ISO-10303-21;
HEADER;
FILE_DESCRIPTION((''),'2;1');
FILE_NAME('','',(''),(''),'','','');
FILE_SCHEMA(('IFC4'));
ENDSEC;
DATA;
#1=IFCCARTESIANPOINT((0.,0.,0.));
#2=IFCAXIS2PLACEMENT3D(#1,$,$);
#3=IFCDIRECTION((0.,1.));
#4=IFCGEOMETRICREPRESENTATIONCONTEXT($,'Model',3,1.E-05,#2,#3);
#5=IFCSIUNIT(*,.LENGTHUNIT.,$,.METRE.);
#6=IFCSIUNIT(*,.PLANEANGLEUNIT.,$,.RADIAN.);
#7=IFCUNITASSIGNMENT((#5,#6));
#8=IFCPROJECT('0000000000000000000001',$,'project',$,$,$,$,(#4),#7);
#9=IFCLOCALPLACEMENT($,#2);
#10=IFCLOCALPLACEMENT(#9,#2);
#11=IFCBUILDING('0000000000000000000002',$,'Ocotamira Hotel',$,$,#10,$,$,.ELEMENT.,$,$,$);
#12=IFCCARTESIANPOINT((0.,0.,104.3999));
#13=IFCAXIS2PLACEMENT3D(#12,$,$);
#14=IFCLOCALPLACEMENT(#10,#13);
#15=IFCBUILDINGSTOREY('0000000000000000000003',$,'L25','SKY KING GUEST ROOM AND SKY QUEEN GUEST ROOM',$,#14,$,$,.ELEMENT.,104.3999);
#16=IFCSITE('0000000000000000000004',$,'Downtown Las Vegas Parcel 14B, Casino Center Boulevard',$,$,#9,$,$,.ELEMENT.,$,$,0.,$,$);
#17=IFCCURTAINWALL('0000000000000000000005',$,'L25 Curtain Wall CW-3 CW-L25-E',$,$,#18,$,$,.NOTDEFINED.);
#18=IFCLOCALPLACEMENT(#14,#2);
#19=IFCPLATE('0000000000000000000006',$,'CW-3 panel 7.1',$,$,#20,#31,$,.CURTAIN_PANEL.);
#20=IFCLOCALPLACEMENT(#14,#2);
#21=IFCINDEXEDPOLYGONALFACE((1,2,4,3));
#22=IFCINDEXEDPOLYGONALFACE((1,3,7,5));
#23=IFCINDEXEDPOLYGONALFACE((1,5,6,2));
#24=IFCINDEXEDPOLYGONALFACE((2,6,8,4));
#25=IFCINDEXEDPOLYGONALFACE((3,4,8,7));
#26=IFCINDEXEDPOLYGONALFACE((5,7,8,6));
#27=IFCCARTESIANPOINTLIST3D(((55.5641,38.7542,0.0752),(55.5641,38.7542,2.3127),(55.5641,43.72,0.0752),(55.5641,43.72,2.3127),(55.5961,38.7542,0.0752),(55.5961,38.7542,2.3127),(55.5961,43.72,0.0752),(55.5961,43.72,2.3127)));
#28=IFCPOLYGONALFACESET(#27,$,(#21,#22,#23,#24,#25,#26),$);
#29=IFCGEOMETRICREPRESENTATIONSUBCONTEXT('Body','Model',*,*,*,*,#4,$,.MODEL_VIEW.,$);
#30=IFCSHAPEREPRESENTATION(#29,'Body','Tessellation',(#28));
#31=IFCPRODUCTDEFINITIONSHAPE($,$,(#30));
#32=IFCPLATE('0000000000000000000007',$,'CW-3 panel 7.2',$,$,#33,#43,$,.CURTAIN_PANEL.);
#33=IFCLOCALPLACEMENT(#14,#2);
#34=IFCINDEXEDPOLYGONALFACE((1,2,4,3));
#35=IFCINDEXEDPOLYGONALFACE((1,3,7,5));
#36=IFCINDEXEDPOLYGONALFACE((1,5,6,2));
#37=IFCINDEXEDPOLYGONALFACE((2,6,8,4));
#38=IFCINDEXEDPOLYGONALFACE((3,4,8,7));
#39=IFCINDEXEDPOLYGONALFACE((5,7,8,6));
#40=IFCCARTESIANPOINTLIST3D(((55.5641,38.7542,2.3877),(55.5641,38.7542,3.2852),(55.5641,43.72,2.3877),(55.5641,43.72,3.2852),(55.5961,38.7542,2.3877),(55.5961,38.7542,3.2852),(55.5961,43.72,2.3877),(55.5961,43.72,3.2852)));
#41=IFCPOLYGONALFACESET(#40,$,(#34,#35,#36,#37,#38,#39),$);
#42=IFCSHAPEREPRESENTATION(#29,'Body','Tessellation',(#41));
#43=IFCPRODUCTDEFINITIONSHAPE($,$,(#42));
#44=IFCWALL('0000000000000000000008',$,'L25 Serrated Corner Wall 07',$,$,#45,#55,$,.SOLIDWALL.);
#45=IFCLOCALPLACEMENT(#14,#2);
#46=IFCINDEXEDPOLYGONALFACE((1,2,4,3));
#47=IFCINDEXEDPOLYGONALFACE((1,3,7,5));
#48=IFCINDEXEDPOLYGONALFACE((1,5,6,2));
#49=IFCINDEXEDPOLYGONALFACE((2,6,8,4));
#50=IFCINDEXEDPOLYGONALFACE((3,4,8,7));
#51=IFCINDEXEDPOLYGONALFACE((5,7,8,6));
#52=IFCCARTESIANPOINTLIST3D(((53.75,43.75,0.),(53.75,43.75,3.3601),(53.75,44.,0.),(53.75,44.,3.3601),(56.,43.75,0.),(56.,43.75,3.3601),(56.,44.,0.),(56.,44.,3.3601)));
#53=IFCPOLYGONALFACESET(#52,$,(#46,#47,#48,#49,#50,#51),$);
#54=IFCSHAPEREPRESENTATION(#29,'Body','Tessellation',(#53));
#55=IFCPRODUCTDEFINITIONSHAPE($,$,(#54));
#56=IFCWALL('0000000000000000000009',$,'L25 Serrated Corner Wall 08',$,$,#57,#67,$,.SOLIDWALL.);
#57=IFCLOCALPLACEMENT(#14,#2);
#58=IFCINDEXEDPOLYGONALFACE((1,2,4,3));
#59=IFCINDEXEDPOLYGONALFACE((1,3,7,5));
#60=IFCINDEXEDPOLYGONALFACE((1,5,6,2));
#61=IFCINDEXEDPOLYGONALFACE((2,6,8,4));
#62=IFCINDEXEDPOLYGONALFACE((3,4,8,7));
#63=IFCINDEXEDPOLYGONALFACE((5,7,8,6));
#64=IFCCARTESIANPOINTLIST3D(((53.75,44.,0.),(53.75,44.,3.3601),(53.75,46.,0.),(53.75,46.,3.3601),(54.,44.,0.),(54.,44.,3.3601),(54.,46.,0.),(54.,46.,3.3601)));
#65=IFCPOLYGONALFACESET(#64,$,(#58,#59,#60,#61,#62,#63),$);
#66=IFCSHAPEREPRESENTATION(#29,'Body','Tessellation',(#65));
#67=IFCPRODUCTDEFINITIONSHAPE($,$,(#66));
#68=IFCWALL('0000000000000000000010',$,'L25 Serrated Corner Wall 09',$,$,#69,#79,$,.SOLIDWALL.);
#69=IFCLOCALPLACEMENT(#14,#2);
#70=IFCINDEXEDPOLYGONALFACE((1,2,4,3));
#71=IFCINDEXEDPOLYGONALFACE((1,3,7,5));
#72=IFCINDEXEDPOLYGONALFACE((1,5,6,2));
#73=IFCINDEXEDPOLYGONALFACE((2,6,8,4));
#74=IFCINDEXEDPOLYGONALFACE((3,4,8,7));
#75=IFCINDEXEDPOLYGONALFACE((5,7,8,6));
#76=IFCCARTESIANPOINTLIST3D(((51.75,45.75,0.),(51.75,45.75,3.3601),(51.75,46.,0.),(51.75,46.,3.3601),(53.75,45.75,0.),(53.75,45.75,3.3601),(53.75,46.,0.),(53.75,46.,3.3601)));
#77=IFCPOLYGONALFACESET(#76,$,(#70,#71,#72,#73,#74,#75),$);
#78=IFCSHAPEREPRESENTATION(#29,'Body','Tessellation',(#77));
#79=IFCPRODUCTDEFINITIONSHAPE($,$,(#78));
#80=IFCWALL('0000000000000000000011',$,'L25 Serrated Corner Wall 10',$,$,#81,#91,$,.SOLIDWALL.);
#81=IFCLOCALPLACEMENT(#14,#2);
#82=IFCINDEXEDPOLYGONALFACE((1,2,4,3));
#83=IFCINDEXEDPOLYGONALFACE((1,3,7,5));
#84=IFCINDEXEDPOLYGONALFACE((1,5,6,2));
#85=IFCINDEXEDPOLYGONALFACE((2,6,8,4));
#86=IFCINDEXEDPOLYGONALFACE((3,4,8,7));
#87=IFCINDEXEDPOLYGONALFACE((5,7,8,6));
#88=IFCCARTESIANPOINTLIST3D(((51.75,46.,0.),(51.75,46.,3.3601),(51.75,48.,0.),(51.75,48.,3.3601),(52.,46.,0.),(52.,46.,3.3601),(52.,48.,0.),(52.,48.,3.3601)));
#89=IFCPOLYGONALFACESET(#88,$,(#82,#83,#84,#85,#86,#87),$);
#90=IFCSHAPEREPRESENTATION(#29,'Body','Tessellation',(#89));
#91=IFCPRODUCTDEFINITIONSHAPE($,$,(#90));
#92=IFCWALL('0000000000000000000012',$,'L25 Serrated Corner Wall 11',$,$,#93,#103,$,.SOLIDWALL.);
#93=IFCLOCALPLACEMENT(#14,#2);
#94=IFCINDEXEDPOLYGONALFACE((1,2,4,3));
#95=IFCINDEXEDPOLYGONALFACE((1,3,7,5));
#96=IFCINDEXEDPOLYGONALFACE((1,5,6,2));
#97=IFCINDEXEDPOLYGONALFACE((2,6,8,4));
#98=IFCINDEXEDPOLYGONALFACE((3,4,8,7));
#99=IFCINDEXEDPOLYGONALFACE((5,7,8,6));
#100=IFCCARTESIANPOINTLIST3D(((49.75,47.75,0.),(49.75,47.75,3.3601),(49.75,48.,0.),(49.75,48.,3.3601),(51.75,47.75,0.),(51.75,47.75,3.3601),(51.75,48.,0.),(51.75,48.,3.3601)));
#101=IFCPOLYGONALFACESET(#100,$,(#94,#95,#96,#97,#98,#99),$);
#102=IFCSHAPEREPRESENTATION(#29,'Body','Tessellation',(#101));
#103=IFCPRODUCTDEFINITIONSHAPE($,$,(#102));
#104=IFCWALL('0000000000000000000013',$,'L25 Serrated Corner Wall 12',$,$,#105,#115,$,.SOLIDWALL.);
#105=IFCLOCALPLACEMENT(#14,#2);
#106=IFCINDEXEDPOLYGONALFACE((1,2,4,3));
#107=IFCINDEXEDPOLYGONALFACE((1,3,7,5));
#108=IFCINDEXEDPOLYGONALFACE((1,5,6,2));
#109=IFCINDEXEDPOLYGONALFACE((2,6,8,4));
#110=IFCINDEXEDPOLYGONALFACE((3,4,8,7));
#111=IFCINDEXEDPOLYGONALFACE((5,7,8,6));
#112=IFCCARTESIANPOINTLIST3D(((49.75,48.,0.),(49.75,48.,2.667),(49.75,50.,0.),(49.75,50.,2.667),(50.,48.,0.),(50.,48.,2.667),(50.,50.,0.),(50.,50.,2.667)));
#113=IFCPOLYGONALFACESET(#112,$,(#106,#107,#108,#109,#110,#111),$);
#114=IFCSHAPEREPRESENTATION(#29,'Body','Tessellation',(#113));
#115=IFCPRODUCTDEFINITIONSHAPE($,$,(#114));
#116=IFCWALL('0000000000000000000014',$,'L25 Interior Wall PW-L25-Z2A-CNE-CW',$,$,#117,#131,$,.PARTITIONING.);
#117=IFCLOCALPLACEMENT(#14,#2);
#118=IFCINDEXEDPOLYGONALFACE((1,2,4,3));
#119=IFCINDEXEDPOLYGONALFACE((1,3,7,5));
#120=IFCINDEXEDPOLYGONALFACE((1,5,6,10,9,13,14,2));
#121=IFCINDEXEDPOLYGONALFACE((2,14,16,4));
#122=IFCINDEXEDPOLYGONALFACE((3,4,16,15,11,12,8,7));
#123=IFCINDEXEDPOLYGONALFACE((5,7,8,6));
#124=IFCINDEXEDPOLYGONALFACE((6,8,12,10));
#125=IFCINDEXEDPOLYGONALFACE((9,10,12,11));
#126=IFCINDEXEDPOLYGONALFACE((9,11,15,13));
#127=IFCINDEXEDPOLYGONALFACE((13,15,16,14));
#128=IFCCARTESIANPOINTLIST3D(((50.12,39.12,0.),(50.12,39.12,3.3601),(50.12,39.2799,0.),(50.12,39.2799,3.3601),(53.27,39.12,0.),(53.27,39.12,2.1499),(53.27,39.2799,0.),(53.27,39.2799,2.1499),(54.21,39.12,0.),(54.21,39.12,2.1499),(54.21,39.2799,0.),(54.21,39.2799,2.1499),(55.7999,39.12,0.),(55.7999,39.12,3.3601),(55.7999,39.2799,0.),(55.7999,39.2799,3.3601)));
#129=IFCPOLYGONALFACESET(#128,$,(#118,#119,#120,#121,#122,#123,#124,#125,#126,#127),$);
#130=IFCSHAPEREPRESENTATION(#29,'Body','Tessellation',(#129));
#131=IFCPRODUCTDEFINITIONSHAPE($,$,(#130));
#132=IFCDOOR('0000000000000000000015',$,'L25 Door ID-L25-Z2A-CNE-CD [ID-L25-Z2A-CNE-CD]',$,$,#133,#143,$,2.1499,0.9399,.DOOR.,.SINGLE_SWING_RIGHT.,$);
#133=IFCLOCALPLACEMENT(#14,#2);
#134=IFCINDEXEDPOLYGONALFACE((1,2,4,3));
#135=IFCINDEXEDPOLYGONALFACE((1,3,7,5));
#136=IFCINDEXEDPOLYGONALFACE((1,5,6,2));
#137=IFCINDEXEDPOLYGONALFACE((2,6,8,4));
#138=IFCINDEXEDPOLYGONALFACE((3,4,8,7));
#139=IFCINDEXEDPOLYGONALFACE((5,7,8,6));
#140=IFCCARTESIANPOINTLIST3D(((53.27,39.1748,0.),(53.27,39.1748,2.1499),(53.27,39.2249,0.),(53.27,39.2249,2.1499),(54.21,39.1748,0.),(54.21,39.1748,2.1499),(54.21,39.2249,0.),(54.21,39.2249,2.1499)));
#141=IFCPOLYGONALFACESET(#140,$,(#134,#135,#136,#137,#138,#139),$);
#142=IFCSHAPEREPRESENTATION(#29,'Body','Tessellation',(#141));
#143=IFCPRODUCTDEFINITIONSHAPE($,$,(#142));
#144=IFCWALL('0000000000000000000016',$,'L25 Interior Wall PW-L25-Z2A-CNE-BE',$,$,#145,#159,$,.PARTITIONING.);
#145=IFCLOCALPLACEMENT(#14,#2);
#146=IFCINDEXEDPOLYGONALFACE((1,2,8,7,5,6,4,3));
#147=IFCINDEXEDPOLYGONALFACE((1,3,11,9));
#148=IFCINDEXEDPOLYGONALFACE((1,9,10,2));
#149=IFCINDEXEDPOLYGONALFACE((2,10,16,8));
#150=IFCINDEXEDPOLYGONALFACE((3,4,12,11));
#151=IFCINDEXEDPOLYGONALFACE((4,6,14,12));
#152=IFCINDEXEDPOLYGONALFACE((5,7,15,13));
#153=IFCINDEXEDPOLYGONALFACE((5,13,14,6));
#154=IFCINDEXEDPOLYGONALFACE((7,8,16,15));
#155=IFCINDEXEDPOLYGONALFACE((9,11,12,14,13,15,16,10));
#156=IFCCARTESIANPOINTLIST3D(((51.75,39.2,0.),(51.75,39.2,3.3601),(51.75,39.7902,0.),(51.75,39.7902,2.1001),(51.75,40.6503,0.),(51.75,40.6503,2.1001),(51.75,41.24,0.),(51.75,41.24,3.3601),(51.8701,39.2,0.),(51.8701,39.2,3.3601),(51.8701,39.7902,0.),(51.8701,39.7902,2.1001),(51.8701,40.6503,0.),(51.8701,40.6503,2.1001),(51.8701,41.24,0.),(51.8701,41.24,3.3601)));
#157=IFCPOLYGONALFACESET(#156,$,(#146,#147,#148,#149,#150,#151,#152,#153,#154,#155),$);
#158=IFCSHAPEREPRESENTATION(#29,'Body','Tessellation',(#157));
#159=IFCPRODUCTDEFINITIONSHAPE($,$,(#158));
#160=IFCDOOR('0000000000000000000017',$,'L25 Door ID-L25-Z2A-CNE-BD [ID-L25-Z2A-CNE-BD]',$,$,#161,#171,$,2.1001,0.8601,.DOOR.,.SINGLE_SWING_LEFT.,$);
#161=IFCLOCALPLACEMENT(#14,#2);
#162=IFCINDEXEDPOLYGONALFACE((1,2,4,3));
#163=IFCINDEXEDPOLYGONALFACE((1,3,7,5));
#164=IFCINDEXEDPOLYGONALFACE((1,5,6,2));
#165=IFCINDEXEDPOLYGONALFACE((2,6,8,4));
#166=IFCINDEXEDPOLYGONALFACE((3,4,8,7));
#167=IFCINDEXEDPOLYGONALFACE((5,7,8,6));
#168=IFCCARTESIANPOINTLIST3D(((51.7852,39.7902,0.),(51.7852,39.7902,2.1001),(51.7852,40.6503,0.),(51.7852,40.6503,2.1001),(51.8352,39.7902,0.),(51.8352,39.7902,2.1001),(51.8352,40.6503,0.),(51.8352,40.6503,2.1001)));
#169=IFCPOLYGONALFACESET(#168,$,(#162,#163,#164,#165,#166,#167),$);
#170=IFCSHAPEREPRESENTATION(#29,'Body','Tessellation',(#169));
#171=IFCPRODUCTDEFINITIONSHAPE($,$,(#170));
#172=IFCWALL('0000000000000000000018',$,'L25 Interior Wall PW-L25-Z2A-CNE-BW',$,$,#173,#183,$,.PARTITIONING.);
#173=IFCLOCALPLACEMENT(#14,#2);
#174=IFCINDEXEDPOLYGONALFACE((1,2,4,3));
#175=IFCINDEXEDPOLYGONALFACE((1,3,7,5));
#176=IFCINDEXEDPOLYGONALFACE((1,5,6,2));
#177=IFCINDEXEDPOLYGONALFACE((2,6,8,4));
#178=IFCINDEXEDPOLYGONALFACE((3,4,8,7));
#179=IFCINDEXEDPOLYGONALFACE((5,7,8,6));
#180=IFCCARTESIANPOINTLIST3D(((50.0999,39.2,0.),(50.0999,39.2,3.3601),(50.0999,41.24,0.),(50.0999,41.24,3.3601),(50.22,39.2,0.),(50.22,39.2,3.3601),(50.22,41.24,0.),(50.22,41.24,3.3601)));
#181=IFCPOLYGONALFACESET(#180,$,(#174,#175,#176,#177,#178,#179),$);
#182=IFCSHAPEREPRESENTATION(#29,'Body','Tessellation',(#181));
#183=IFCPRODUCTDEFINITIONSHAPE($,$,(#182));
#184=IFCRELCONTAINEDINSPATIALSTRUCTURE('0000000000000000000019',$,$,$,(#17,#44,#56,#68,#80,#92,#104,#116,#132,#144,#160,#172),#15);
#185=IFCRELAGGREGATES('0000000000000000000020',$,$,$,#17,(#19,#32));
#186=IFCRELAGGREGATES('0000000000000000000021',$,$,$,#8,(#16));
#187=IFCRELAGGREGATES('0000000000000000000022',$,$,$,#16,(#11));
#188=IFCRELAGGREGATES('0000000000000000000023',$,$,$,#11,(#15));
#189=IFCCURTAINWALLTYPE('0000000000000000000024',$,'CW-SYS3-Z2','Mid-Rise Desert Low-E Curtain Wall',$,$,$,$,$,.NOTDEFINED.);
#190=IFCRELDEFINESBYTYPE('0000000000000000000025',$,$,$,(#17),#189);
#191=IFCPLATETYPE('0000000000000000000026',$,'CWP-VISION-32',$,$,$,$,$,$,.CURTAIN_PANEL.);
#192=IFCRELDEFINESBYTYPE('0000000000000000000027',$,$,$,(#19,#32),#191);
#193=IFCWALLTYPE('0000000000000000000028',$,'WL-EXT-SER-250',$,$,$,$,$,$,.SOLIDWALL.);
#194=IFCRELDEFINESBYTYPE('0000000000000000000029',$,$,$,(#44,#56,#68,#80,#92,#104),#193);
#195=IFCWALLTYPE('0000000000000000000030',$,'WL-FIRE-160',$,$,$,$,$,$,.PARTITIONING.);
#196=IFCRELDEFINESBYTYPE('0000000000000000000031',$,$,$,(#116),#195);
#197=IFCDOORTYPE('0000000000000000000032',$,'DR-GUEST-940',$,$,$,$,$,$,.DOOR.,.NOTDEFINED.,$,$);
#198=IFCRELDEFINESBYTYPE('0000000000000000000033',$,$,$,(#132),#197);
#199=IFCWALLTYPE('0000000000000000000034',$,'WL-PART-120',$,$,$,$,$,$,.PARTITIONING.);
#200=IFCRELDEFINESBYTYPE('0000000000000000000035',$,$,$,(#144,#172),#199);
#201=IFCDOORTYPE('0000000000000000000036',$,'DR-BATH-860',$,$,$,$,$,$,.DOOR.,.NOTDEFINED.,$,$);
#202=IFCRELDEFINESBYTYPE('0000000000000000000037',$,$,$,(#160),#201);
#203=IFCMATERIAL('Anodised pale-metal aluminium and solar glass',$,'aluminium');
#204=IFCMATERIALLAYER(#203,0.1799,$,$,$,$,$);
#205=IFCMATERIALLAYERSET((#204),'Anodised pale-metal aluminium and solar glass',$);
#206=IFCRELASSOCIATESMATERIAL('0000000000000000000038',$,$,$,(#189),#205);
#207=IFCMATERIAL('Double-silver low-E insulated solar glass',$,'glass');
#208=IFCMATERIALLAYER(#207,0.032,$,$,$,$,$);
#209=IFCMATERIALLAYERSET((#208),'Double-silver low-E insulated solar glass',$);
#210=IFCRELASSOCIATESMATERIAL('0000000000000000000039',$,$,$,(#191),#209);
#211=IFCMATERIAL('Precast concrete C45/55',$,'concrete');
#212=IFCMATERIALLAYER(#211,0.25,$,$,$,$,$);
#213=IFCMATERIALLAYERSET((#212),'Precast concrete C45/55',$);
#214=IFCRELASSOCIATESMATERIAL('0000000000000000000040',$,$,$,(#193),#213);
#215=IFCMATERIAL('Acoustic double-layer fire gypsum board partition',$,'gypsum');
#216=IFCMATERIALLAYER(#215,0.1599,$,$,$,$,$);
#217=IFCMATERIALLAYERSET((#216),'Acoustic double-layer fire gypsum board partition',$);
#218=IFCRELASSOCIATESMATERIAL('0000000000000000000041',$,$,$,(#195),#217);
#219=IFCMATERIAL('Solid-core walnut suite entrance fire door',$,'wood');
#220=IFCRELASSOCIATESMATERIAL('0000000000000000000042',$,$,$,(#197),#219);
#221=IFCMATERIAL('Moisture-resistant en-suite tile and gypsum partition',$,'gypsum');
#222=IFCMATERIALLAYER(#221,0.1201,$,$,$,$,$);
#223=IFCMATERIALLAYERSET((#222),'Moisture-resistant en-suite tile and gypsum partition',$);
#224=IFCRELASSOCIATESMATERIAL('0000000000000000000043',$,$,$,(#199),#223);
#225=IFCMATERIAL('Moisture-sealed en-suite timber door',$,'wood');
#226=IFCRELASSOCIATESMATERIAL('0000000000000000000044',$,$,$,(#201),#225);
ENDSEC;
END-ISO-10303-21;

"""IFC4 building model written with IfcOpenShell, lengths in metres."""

from ifc_helpers import new_model, si_unit, direction, frame, frame_2d, origin, origin_2d, place, context, subcontext, project, spatial, rectangle, extrude, source, transform, mapped, material, layer, layer_set, type_object, element, fill, aggregate, save


model = new_model("IFC4")

# Units and contexts
model_context = context("Model", 3, precision=1e-05, world=origin(), true_north=direction((0.0, 1.0)))
body_context = subcontext(model_context, "Body", "Model", "MODEL_VIEW")
ifc_project = project(units=[si_unit("LENGTHUNIT", "METRE"), si_unit("PLANEANGLEUNIT", "RADIAN")], contexts=[model_context])

# Site, building, storey
site_placement = place(None, origin())
site = spatial("IfcSite", under=ifc_project, at=site_placement, Name="Downtown Las Vegas Parcel 14B, Casino Center Boulevard", CompositionType="ELEMENT", RefElevation=0.0)
building_placement = place(site_placement, origin())
building = spatial("IfcBuilding", under=site, at=building_placement, Name="Ocotamira Hotel", CompositionType="ELEMENT")
storey_placement = place(building_placement, frame((0.0, 0.0, 104.3999)))
storey = spatial("IfcBuildingStorey", under=building, at=storey_placement, Name="L25", Description="SKY KING GUEST ROOM AND SKY QUEEN GUEST ROOM", CompositionType="ELEMENT", Elevation=104.3999)

# Curtain wall, plates
ifc_material_1 = material(Name="Anodised pale-metal aluminium and solar glass", Category="aluminium")
ifc_layer_1 = layer(ifc_material_1, 0.1799)
ifc_layer_set_1 = layer_set([ifc_layer_1], Name="Anodised pale-metal aluminium and solar glass")
curtain_wall_type = type_object("IfcCurtainWallType", Name="CW-SYS3-Z2", Description="Mid-Rise Desert Low-E Curtain Wall", PredefinedType="NOTDEFINED", material=ifc_layer_set_1)
curtain_wall_placement = place(storey_placement, origin())
curtain_wall = element("IfcCurtainWall", 1, at=curtain_wall_placement, inside=storey, type_object=curtain_wall_type, Name="L25 Curtain Wall CW-3 CW-L25-E", PredefinedType="NOTDEFINED")
ifc_material_2 = material(Name="Double-silver low-E insulated solar glass", Category="glass")
ifc_layer_2 = layer(ifc_material_2, 0.032)
ifc_layer_set_2 = layer_set([ifc_layer_2], Name="Double-silver low-E insulated solar glass")
plate_type = type_object("IfcPlateType", Name="CWP-VISION-32", PredefinedType="CURTAIN_PANEL", material=ifc_layer_set_2)
shared_shape_1 = source(origin(), body_context, "Body", "SweptSolid", [
    extrude(rectangle(XDim=4.9658, YDim=0.032, at=origin_2d()), origin(), (0.0, 0.0, 1.0), 2.2375),
])
plate_1_placement = place(storey_placement, frame((55.5801, 41.2371, 0.0752), z_axis=(0.0, 0.0, 1.0), x_axis=(0.0, 1.0, 0.0)))
plate_1 = element("IfcPlate", 2, at=plate_1_placement, type_object=plate_type, Name="CW-3 panel 7.1", PredefinedType="CURTAIN_PANEL", context=body_context, shape_type="MappedRepresentation", body=[
    mapped(shared_shape_1, transform((0.0, 0.0, 0.0), scale=1.0)),
])
shared_shape_2 = source(origin(), body_context, "Body", "SweptSolid", [
    extrude(rectangle(XDim=4.9658, YDim=0.032, at=origin_2d()), origin(), (0.0, 0.0, 1.0), 0.8975),
])
plate_2_placement = place(storey_placement, frame((55.5801, 41.2371, 2.3877), z_axis=(0.0, 0.0, 1.0), x_axis=(0.0, 1.0, 0.0)))
plate_2 = element("IfcPlate", 3, at=plate_2_placement, type_object=plate_type, Name="CW-3 panel 7.2", PredefinedType="CURTAIN_PANEL", context=body_context, shape_type="MappedRepresentation", body=[
    mapped(shared_shape_2, transform((0.0, 0.0, 0.0), scale=1.0)),
])
aggregate(curtain_wall, [plate_1, plate_2])

# Walls
ifc_material_3 = material(Name="Precast concrete C45/55", Category="concrete")
ifc_layer_3 = layer(ifc_material_3, 0.25)
ifc_layer_set_3 = layer_set([ifc_layer_3], Name="Precast concrete C45/55")
wall_type_1 = type_object("IfcWallType", Name="WL-EXT-SER-250", PredefinedType="SOLIDWALL", material=ifc_layer_set_3)
wall_1_placement = place(storey_placement, frame((56.0, 43.875, 0.0), z_axis=(0.0, 0.0, 1.0), x_axis=(-1.0, 0.0, 0.0)))
element("IfcWall", 4, at=wall_1_placement, inside=storey, type_object=wall_type_1, Name="L25 Serrated Corner Wall 07", PredefinedType="SOLIDWALL", context=body_context, shape_type="SweptSolid", body=[
    extrude(rectangle(XDim=2.25, YDim=0.25, at=frame_2d((1.125, 0.0))), origin(), (0.0, 0.0, 1.0), 3.3601),
])
for number, where, z_axis, x_axis, name in (
    (5, (53.875, 44.0, 0.0), (0.0, 0.0, 1.0), (0.0, 1.0, 0.0), "L25 Serrated Corner Wall 08"),
    (6, (53.75, 45.875, 0.0), (0.0, 0.0, 1.0), (-1.0, 0.0, 0.0), "L25 Serrated Corner Wall 09"),
    (7, (51.875, 46.0, 0.0), (0.0, 0.0, 1.0), (0.0, 1.0, 0.0), "L25 Serrated Corner Wall 10"),
    (8, (51.75, 47.875, 0.0), (0.0, 0.0, 1.0), (-1.0, 0.0, 0.0), "L25 Serrated Corner Wall 11"),
):
    element("IfcWall", number, at=place(storey_placement, frame(where, z_axis=z_axis, x_axis=x_axis)), inside=storey, type_object=wall_type_1, Name=name, PredefinedType="SOLIDWALL", context=body_context, shape_type="SweptSolid", body=[
        extrude(rectangle(XDim=2.0, YDim=0.25, at=frame_2d((1.0, 0.0))), origin(), (0.0, 0.0, 1.0), 3.3601),
    ])
wall_2_placement = place(storey_placement, frame((49.875, 48.0, 0.0), z_axis=(0.0, 0.0, 1.0), x_axis=(0.0, 1.0, 0.0)))
element("IfcWall", 9, at=wall_2_placement, inside=storey, type_object=wall_type_1, Name="L25 Serrated Corner Wall 12", PredefinedType="SOLIDWALL", context=body_context, shape_type="SweptSolid", body=[
    extrude(rectangle(XDim=2.0, YDim=0.25, at=frame_2d((1.0, 0.0))), origin(), (0.0, 0.0, 1.0), 2.667),
])

# Walls, openings, doors
ifc_material_4 = material(Name="Acoustic double-layer fire gypsum board partition", Category="gypsum")
ifc_layer_4 = layer(ifc_material_4, 0.1599)
ifc_layer_set_4 = layer_set([ifc_layer_4], Name="Acoustic double-layer fire gypsum board partition")
wall_type_2 = type_object("IfcWallType", Name="WL-FIRE-160", PredefinedType="PARTITIONING", material=ifc_layer_set_4)
wall_3_placement = place(storey_placement, frame((50.1201, 39.2, 0.0), z_axis=(0.0, 0.0, 1.0), x_axis=(1.0, 0.0, 0.0)))
wall_3 = element("IfcWall", 10, at=wall_3_placement, inside=storey, type_object=wall_type_2, Name="L25 Interior Wall PW-L25-Z2A-CNE-CW", PredefinedType="PARTITIONING", context=body_context, shape_type="SweptSolid", body=[
    extrude(rectangle(XDim=5.6799, YDim=0.1599, at=frame_2d((2.8398, 0.0))), origin(), (0.0, 0.0, 1.0), 3.3601),
])
opening_1_placement = place(wall_3_placement, frame((3.1499, 0.0, 0.0)))
opening_1 = element("IfcOpeningElement", 11, at=opening_1_placement, cuts=wall_3, PredefinedType="OPENING", context=body_context, shape_type="SweptSolid", body=[
    extrude(rectangle(XDim=0.9399, YDim=2.1499, at=frame_2d((0.47, 1.075))), frame((0.0, 0.0898, 0.0), z_axis=(0.0, -1.0, 0.0), x_axis=(1.0, 0.0, 0.0)), (0.0, 0.0, 1.0), 0.1799),
])
ifc_material_5 = material(Name="Solid-core walnut suite entrance fire door", Category="wood")
door_type_1 = type_object("IfcDoorType", Name="DR-GUEST-940", OperationType="NOTDEFINED", PredefinedType="DOOR", material=ifc_material_5)
shared_shape_3 = source(origin(), body_context, "Body", "SweptSolid", [
    extrude(rectangle(XDim=0.9399, YDim=2.1499, at=frame_2d((0.47, 1.075))), frame((0.0, 0.0249, 0.0), z_axis=(0.0, -1.0, 0.0), x_axis=(1.0, 0.0, 0.0)), (0.0, 0.0, 1.0), 0.05),
])
door_1_placement = place(opening_1_placement, origin())
door_1 = element("IfcDoor", 12, at=door_1_placement, inside=storey, type_object=door_type_1, Name="L25 Door ID-L25-Z2A-CNE-CD [ID-L25-Z2A-CNE-CD]", OperationType="SINGLE_SWING_RIGHT", OverallHeight=2.1499, OverallWidth=0.9399, PredefinedType="DOOR", context=body_context, shape_type="MappedRepresentation", body=[
    mapped(shared_shape_3, transform((0.0, 0.0, 0.0), scale=1.0)),
])
fill(opening_1, door_1)
ifc_material_6 = material(Name="Moisture-resistant en-suite tile and gypsum partition", Category="gypsum")
ifc_layer_5 = layer(ifc_material_6, 0.1201)
ifc_layer_set_5 = layer_set([ifc_layer_5], Name="Moisture-resistant en-suite tile and gypsum partition")
wall_type_3 = type_object("IfcWallType", Name="WL-PART-120", PredefinedType="PARTITIONING", material=ifc_layer_set_5)
wall_4_placement = place(storey_placement, frame((51.8101, 39.2, 0.0), z_axis=(0.0, 0.0, 1.0), x_axis=(0.0, 1.0, 0.0)))
wall_4 = element("IfcWall", 13, at=wall_4_placement, inside=storey, type_object=wall_type_3, Name="L25 Interior Wall PW-L25-Z2A-CNE-BE", PredefinedType="PARTITIONING", context=body_context, shape_type="SweptSolid", body=[
    extrude(rectangle(XDim=2.04, YDim=0.1201, at=frame_2d((1.02, 0.0))), origin(), (0.0, 0.0, 1.0), 3.3601),
])
opening_2_placement = place(wall_4_placement, frame((0.5901, 0.0, 0.0)))
opening_2 = element("IfcOpeningElement", 14, at=opening_2_placement, cuts=wall_4, PredefinedType="OPENING", context=body_context, shape_type="SweptSolid", body=[
    extrude(rectangle(XDim=0.8601, YDim=2.1001, at=frame_2d((0.4302, 1.05))), frame((0.0, 0.0701, 0.0), z_axis=(0.0, -1.0, 0.0), x_axis=(1.0, 0.0, 0.0)), (0.0, 0.0, 1.0), 0.1401),
])
ifc_material_7 = material(Name="Moisture-sealed en-suite timber door", Category="wood")
door_type_2 = type_object("IfcDoorType", Name="DR-BATH-860", OperationType="NOTDEFINED", PredefinedType="DOOR", material=ifc_material_7)
shared_shape_4 = source(origin(), body_context, "Body", "SweptSolid", [
    extrude(rectangle(XDim=0.8601, YDim=2.1001, at=frame_2d((0.4302, 1.05))), frame((0.0, 0.0249, 0.0), z_axis=(0.0, -1.0, 0.0), x_axis=(1.0, 0.0, 0.0)), (0.0, 0.0, 1.0), 0.05),
])
door_2_placement = place(opening_2_placement, origin())
door_2 = element("IfcDoor", 15, at=door_2_placement, inside=storey, type_object=door_type_2, Name="L25 Door ID-L25-Z2A-CNE-BD [ID-L25-Z2A-CNE-BD]", OperationType="SINGLE_SWING_LEFT", OverallHeight=2.1001, OverallWidth=0.8601, PredefinedType="DOOR", context=body_context, shape_type="MappedRepresentation", body=[
    mapped(shared_shape_4, transform((0.0, 0.0, 0.0), scale=1.0)),
])
fill(opening_2, door_2)

# Wall
wall_5_placement = place(storey_placement, frame((50.1599, 39.2, 0.0), z_axis=(0.0, 0.0, 1.0), x_axis=(0.0, 1.0, 0.0)))
element("IfcWall", 16, at=wall_5_placement, inside=storey, type_object=wall_type_3, Name="L25 Interior Wall PW-L25-Z2A-CNE-BW", PredefinedType="PARTITIONING", context=body_context, shape_type="SweptSolid", body=[
    extrude(rectangle(XDim=2.04, YDim=0.1201, at=frame_2d((1.02, 0.0))), origin(), (0.0, 0.0, 1.0), 3.3601),
])

save(model, "model.ifc")
